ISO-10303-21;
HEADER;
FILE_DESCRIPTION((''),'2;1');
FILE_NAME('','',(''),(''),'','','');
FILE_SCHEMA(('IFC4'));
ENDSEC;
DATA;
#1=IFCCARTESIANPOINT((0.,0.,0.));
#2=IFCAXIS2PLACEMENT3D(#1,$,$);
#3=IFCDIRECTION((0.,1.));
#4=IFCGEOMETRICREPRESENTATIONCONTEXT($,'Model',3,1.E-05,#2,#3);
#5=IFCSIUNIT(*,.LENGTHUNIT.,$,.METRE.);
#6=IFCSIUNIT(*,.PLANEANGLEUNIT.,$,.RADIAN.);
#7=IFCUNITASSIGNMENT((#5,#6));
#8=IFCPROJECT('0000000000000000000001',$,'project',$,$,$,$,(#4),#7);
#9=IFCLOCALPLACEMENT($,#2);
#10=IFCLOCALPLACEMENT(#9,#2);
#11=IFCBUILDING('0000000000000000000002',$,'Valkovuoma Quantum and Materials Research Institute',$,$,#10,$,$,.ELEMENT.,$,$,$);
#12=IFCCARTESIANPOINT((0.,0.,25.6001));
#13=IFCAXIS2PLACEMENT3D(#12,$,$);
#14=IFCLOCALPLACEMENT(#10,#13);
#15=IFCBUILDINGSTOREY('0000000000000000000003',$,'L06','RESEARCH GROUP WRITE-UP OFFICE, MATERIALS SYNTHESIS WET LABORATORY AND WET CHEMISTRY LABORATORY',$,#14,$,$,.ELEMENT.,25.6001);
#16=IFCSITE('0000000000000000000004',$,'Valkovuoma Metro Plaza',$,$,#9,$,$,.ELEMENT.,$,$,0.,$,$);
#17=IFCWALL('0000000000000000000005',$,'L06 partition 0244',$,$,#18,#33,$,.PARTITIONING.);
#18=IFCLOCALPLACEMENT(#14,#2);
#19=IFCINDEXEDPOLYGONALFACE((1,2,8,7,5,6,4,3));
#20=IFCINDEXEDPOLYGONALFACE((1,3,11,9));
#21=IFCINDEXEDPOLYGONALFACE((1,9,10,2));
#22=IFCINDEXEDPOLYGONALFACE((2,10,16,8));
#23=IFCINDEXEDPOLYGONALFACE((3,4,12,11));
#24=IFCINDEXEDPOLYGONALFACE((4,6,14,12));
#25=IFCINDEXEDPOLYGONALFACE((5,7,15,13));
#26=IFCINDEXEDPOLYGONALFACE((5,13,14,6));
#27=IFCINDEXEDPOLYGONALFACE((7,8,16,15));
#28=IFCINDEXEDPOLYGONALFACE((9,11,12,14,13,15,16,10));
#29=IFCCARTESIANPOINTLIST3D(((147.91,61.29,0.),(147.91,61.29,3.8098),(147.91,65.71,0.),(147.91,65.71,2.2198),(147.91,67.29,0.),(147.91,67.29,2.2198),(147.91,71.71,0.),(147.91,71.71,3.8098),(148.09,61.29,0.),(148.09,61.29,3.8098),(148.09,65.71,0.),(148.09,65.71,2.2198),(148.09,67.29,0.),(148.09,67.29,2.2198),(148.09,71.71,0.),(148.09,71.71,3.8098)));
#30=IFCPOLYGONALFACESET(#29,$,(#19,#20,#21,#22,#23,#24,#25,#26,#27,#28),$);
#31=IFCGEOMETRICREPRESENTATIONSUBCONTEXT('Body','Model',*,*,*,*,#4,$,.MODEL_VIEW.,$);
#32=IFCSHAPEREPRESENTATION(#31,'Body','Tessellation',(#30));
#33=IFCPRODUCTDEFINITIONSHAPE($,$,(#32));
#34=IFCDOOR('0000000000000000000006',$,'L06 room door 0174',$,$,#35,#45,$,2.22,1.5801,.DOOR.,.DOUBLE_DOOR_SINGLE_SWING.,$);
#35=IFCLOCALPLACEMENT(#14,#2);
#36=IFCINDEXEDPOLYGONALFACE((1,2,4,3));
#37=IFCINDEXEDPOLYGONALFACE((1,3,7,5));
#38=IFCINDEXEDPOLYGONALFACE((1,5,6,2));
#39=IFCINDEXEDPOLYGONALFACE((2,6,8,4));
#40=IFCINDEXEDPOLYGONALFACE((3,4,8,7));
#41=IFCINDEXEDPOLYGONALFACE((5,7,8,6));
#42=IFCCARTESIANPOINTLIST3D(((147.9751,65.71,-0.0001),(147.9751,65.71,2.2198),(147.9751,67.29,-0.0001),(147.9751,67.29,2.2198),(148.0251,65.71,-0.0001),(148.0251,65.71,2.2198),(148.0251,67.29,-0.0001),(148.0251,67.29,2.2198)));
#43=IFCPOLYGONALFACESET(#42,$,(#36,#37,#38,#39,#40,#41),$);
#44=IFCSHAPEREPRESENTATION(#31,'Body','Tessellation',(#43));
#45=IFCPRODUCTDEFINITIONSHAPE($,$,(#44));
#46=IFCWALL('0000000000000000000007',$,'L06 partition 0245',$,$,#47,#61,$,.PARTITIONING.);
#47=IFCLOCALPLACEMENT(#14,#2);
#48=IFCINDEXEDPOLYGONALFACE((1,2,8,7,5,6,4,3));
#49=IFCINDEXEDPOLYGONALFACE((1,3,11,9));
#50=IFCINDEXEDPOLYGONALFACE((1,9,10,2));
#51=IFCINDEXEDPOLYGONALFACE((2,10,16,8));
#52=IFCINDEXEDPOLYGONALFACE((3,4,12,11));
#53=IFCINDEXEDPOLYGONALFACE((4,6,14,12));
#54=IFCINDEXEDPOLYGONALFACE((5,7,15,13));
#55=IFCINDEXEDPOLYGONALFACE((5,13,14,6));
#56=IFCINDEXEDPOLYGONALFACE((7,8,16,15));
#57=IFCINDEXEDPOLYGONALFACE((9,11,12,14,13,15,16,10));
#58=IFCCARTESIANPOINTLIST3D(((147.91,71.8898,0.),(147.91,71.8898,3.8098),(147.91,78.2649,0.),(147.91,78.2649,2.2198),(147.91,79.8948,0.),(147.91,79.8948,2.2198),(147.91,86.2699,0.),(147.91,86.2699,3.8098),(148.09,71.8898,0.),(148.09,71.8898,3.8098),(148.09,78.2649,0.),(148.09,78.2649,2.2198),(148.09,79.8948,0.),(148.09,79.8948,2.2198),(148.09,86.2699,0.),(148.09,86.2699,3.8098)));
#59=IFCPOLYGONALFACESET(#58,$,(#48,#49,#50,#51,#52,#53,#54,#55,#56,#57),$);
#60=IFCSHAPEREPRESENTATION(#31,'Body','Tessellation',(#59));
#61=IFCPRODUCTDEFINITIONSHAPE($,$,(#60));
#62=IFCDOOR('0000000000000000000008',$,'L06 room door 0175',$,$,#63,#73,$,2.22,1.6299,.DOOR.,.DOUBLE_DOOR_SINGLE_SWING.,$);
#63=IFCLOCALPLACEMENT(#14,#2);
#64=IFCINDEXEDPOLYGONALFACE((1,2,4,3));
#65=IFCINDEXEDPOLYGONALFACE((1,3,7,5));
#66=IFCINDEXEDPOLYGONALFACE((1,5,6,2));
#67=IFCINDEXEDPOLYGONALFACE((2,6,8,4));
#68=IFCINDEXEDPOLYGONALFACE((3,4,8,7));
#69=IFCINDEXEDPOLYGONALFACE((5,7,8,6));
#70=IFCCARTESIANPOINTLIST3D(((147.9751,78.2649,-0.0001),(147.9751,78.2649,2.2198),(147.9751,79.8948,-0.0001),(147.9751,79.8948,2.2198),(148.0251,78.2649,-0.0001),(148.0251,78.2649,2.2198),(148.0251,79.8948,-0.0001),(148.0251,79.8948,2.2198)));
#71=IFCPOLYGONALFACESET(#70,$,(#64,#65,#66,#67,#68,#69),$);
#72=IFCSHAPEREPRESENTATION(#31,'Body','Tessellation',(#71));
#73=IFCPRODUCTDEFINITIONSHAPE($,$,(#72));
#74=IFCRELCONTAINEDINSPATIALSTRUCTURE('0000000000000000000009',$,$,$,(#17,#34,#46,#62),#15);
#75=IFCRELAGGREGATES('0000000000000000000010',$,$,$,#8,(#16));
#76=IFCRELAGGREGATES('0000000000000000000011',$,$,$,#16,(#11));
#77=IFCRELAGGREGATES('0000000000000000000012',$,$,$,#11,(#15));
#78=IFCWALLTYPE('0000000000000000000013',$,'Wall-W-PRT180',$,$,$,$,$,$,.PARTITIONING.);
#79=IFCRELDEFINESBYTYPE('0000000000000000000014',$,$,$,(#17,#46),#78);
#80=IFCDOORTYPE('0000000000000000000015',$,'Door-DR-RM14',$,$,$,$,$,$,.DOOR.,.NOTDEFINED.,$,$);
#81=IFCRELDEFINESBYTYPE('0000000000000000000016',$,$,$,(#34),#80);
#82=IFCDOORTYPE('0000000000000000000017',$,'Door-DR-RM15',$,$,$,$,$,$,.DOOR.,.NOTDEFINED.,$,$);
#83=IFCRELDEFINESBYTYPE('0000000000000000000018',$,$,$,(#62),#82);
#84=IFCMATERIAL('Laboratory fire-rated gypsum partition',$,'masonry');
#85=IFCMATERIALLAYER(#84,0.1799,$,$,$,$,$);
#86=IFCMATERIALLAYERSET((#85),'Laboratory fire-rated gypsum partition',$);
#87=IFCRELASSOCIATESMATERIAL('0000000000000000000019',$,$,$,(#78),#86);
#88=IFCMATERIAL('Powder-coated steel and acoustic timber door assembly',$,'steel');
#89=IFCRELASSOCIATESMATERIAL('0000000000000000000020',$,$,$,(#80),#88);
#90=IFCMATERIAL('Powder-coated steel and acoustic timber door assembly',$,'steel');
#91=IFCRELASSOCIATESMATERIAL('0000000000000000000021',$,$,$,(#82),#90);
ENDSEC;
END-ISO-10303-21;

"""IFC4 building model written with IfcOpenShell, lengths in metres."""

from ifc_helpers import new_model, si_unit, direction, frame, frame_2d, origin, place, context, subcontext, project, spatial, rectangle, extrude, material, layer, layer_set, type_object, element, fill, save


model = new_model("IFC4")

# Units and contexts
model_context = context("Model", 3, precision=1e-05, world=origin(), true_north=direction((0.0, 1.0)))
body_context = subcontext(model_context, "Body", "Model", "MODEL_VIEW")
ifc_project = project(units=[si_unit("LENGTHUNIT", "METRE"), si_unit("PLANEANGLEUNIT", "RADIAN")], contexts=[model_context])

# Site, building, storey
site_placement = place(None, origin())
site = spatial("IfcSite", under=ifc_project, at=site_placement, Name="Valkovuoma Metro Plaza", CompositionType="ELEMENT", RefElevation=0.0)
building_placement = place(site_placement, origin())
building = spatial("IfcBuilding", under=site, at=building_placement, Name="Valkovuoma Quantum and Materials Research Institute", CompositionType="ELEMENT")
storey_placement = place(building_placement, frame((0.0, 0.0, 25.6001)))
storey = spatial("IfcBuildingStorey", under=building, at=storey_placement, Name="L06", Description="RESEARCH GROUP WRITE-UP OFFICE, MATERIALS SYNTHESIS WET LABORATORY AND WET CHEMISTRY LABORATORY", CompositionType="ELEMENT", Elevation=25.6001)

# Walls, openings, doors
ifc_material_1 = material(Name="Laboratory fire-rated gypsum partition", Category="masonry")
ifc_layer_1 = layer(ifc_material_1, 0.1799)
ifc_layer_set_1 = layer_set([ifc_layer_1], Name="Laboratory fire-rated gypsum partition")
wall_type_1 = type_object("IfcWallType", Name="Wall-W-PRT180", PredefinedType="PARTITIONING", material=ifc_layer_set_1)
wall_1_placement = place(storey_placement, frame((148.0, 61.29, 0.0), z_axis=(0.0, 0.0, 1.0), x_axis=(0.0, 1.0, 0.0)))
wall_1 = element("IfcWall", 1, at=wall_1_placement, inside=storey, type_object=wall_type_1, Name="L06 partition 0244", PredefinedType="PARTITIONING", context=body_context, shape_type="SweptSolid", body=[
    extrude(rectangle(XDim=10.4199, YDim=0.1799, at=frame_2d((5.21, 0.0))), origin(), (0.0, 0.0, 1.0), 3.8098),
])
opening_1_placement = place(wall_1_placement, frame((4.4199, 0.0, 0.0)))
opening_1 = element("IfcOpeningElement", 2, at=opening_1_placement, cuts=wall_1, PredefinedType="OPENING", context=body_context, shape_type="SweptSolid", body=[
    extrude(rectangle(XDim=1.5801, YDim=2.22, at=frame_2d((0.79, 1.1099))), frame((0.0, 0.1001, 0.0), z_axis=(0.0, -1.0, 0.0), x_axis=(1.0, 0.0, 0.0)), (0.0, 0.0, 1.0), 0.2),
])
ifc_material_2 = material(Name="Powder-coated steel and acoustic timber door assembly", Category="steel")
door_type_1 = type_object("IfcDoorType", Name="Door-DR-RM14", OperationType="NOTDEFINED", PredefinedType="DOOR", material=ifc_material_2)
door_1_placement = place(opening_1_placement, origin())
door_1 = element("IfcDoor", 3, at=door_1_placement, inside=storey, type_object=door_type_1, Name="L06 room door 0174", OperationType="DOUBLE_DOOR_SINGLE_SWING", OverallHeight=2.22, OverallWidth=1.5801, PredefinedType="DOOR", context=body_context, shape_type="SweptSolid", body=[
    extrude(rectangle(XDim=1.5801, YDim=2.22, at=frame_2d((0.79, 1.1099))), frame((0.0, 0.0249, 0.0), z_axis=(0.0, -1.0, 0.0), x_axis=(1.0, 0.0, 0.0)), (0.0, 0.0, 1.0), 0.05),
])
fill(opening_1, door_1)
wall_2_placement = place(storey_placement, frame((148.0, 71.8899, 0.0), z_axis=(0.0, 0.0, 1.0), x_axis=(0.0, 1.0, 0.0)))
wall_2 = element("IfcWall", 4, at=wall_2_placement, inside=storey, type_object=wall_type_1, Name="L06 partition 0245", PredefinedType="PARTITIONING", context=body_context, shape_type="SweptSolid", body=[
    extrude(rectangle(XDim=14.3801, YDim=0.1799, at=frame_2d((7.1899, 0.0))), origin(), (0.0, 0.0, 1.0), 3.8098),
])
opening_2_placement = place(wall_2_placement, frame((6.375, 0.0, 0.0)))
opening_2 = element("IfcOpeningElement", 5, at=opening_2_placement, cuts=wall_2, PredefinedType="OPENING", context=body_context, shape_type="SweptSolid", body=[
    extrude(rectangle(XDim=1.6299, YDim=2.22, at=frame_2d((0.8149, 1.1099))), frame((0.0, 0.1001, 0.0), z_axis=(0.0, -1.0, 0.0), x_axis=(1.0, 0.0, 0.0)), (0.0, 0.0, 1.0), 0.2),
])
ifc_material_3 = material(Name="Powder-coated steel and acoustic timber door assembly", Category="steel")
door_type_2 = type_object("IfcDoorType", Name="Door-DR-RM15", OperationType="NOTDEFINED", PredefinedType="DOOR", material=ifc_material_3)
door_2_placement = place(opening_2_placement, origin())
door_2 = element("IfcDoor", 6, at=door_2_placement, inside=storey, type_object=door_type_2, Name="L06 room door 0175", OperationType="DOUBLE_DOOR_SINGLE_SWING", OverallHeight=2.22, OverallWidth=1.6299, PredefinedType="DOOR", context=body_context, shape_type="SweptSolid", body=[
    extrude(rectangle(XDim=1.6299, YDim=2.22, at=frame_2d((0.8149, 1.1099))), frame((0.0, 0.0249, 0.0), z_axis=(0.0, -1.0, 0.0), x_axis=(1.0, 0.0, 0.0)), (0.0, 0.0, 1.0), 0.05),
])
fill(opening_2, door_2)

save(model, "model.ifc")
